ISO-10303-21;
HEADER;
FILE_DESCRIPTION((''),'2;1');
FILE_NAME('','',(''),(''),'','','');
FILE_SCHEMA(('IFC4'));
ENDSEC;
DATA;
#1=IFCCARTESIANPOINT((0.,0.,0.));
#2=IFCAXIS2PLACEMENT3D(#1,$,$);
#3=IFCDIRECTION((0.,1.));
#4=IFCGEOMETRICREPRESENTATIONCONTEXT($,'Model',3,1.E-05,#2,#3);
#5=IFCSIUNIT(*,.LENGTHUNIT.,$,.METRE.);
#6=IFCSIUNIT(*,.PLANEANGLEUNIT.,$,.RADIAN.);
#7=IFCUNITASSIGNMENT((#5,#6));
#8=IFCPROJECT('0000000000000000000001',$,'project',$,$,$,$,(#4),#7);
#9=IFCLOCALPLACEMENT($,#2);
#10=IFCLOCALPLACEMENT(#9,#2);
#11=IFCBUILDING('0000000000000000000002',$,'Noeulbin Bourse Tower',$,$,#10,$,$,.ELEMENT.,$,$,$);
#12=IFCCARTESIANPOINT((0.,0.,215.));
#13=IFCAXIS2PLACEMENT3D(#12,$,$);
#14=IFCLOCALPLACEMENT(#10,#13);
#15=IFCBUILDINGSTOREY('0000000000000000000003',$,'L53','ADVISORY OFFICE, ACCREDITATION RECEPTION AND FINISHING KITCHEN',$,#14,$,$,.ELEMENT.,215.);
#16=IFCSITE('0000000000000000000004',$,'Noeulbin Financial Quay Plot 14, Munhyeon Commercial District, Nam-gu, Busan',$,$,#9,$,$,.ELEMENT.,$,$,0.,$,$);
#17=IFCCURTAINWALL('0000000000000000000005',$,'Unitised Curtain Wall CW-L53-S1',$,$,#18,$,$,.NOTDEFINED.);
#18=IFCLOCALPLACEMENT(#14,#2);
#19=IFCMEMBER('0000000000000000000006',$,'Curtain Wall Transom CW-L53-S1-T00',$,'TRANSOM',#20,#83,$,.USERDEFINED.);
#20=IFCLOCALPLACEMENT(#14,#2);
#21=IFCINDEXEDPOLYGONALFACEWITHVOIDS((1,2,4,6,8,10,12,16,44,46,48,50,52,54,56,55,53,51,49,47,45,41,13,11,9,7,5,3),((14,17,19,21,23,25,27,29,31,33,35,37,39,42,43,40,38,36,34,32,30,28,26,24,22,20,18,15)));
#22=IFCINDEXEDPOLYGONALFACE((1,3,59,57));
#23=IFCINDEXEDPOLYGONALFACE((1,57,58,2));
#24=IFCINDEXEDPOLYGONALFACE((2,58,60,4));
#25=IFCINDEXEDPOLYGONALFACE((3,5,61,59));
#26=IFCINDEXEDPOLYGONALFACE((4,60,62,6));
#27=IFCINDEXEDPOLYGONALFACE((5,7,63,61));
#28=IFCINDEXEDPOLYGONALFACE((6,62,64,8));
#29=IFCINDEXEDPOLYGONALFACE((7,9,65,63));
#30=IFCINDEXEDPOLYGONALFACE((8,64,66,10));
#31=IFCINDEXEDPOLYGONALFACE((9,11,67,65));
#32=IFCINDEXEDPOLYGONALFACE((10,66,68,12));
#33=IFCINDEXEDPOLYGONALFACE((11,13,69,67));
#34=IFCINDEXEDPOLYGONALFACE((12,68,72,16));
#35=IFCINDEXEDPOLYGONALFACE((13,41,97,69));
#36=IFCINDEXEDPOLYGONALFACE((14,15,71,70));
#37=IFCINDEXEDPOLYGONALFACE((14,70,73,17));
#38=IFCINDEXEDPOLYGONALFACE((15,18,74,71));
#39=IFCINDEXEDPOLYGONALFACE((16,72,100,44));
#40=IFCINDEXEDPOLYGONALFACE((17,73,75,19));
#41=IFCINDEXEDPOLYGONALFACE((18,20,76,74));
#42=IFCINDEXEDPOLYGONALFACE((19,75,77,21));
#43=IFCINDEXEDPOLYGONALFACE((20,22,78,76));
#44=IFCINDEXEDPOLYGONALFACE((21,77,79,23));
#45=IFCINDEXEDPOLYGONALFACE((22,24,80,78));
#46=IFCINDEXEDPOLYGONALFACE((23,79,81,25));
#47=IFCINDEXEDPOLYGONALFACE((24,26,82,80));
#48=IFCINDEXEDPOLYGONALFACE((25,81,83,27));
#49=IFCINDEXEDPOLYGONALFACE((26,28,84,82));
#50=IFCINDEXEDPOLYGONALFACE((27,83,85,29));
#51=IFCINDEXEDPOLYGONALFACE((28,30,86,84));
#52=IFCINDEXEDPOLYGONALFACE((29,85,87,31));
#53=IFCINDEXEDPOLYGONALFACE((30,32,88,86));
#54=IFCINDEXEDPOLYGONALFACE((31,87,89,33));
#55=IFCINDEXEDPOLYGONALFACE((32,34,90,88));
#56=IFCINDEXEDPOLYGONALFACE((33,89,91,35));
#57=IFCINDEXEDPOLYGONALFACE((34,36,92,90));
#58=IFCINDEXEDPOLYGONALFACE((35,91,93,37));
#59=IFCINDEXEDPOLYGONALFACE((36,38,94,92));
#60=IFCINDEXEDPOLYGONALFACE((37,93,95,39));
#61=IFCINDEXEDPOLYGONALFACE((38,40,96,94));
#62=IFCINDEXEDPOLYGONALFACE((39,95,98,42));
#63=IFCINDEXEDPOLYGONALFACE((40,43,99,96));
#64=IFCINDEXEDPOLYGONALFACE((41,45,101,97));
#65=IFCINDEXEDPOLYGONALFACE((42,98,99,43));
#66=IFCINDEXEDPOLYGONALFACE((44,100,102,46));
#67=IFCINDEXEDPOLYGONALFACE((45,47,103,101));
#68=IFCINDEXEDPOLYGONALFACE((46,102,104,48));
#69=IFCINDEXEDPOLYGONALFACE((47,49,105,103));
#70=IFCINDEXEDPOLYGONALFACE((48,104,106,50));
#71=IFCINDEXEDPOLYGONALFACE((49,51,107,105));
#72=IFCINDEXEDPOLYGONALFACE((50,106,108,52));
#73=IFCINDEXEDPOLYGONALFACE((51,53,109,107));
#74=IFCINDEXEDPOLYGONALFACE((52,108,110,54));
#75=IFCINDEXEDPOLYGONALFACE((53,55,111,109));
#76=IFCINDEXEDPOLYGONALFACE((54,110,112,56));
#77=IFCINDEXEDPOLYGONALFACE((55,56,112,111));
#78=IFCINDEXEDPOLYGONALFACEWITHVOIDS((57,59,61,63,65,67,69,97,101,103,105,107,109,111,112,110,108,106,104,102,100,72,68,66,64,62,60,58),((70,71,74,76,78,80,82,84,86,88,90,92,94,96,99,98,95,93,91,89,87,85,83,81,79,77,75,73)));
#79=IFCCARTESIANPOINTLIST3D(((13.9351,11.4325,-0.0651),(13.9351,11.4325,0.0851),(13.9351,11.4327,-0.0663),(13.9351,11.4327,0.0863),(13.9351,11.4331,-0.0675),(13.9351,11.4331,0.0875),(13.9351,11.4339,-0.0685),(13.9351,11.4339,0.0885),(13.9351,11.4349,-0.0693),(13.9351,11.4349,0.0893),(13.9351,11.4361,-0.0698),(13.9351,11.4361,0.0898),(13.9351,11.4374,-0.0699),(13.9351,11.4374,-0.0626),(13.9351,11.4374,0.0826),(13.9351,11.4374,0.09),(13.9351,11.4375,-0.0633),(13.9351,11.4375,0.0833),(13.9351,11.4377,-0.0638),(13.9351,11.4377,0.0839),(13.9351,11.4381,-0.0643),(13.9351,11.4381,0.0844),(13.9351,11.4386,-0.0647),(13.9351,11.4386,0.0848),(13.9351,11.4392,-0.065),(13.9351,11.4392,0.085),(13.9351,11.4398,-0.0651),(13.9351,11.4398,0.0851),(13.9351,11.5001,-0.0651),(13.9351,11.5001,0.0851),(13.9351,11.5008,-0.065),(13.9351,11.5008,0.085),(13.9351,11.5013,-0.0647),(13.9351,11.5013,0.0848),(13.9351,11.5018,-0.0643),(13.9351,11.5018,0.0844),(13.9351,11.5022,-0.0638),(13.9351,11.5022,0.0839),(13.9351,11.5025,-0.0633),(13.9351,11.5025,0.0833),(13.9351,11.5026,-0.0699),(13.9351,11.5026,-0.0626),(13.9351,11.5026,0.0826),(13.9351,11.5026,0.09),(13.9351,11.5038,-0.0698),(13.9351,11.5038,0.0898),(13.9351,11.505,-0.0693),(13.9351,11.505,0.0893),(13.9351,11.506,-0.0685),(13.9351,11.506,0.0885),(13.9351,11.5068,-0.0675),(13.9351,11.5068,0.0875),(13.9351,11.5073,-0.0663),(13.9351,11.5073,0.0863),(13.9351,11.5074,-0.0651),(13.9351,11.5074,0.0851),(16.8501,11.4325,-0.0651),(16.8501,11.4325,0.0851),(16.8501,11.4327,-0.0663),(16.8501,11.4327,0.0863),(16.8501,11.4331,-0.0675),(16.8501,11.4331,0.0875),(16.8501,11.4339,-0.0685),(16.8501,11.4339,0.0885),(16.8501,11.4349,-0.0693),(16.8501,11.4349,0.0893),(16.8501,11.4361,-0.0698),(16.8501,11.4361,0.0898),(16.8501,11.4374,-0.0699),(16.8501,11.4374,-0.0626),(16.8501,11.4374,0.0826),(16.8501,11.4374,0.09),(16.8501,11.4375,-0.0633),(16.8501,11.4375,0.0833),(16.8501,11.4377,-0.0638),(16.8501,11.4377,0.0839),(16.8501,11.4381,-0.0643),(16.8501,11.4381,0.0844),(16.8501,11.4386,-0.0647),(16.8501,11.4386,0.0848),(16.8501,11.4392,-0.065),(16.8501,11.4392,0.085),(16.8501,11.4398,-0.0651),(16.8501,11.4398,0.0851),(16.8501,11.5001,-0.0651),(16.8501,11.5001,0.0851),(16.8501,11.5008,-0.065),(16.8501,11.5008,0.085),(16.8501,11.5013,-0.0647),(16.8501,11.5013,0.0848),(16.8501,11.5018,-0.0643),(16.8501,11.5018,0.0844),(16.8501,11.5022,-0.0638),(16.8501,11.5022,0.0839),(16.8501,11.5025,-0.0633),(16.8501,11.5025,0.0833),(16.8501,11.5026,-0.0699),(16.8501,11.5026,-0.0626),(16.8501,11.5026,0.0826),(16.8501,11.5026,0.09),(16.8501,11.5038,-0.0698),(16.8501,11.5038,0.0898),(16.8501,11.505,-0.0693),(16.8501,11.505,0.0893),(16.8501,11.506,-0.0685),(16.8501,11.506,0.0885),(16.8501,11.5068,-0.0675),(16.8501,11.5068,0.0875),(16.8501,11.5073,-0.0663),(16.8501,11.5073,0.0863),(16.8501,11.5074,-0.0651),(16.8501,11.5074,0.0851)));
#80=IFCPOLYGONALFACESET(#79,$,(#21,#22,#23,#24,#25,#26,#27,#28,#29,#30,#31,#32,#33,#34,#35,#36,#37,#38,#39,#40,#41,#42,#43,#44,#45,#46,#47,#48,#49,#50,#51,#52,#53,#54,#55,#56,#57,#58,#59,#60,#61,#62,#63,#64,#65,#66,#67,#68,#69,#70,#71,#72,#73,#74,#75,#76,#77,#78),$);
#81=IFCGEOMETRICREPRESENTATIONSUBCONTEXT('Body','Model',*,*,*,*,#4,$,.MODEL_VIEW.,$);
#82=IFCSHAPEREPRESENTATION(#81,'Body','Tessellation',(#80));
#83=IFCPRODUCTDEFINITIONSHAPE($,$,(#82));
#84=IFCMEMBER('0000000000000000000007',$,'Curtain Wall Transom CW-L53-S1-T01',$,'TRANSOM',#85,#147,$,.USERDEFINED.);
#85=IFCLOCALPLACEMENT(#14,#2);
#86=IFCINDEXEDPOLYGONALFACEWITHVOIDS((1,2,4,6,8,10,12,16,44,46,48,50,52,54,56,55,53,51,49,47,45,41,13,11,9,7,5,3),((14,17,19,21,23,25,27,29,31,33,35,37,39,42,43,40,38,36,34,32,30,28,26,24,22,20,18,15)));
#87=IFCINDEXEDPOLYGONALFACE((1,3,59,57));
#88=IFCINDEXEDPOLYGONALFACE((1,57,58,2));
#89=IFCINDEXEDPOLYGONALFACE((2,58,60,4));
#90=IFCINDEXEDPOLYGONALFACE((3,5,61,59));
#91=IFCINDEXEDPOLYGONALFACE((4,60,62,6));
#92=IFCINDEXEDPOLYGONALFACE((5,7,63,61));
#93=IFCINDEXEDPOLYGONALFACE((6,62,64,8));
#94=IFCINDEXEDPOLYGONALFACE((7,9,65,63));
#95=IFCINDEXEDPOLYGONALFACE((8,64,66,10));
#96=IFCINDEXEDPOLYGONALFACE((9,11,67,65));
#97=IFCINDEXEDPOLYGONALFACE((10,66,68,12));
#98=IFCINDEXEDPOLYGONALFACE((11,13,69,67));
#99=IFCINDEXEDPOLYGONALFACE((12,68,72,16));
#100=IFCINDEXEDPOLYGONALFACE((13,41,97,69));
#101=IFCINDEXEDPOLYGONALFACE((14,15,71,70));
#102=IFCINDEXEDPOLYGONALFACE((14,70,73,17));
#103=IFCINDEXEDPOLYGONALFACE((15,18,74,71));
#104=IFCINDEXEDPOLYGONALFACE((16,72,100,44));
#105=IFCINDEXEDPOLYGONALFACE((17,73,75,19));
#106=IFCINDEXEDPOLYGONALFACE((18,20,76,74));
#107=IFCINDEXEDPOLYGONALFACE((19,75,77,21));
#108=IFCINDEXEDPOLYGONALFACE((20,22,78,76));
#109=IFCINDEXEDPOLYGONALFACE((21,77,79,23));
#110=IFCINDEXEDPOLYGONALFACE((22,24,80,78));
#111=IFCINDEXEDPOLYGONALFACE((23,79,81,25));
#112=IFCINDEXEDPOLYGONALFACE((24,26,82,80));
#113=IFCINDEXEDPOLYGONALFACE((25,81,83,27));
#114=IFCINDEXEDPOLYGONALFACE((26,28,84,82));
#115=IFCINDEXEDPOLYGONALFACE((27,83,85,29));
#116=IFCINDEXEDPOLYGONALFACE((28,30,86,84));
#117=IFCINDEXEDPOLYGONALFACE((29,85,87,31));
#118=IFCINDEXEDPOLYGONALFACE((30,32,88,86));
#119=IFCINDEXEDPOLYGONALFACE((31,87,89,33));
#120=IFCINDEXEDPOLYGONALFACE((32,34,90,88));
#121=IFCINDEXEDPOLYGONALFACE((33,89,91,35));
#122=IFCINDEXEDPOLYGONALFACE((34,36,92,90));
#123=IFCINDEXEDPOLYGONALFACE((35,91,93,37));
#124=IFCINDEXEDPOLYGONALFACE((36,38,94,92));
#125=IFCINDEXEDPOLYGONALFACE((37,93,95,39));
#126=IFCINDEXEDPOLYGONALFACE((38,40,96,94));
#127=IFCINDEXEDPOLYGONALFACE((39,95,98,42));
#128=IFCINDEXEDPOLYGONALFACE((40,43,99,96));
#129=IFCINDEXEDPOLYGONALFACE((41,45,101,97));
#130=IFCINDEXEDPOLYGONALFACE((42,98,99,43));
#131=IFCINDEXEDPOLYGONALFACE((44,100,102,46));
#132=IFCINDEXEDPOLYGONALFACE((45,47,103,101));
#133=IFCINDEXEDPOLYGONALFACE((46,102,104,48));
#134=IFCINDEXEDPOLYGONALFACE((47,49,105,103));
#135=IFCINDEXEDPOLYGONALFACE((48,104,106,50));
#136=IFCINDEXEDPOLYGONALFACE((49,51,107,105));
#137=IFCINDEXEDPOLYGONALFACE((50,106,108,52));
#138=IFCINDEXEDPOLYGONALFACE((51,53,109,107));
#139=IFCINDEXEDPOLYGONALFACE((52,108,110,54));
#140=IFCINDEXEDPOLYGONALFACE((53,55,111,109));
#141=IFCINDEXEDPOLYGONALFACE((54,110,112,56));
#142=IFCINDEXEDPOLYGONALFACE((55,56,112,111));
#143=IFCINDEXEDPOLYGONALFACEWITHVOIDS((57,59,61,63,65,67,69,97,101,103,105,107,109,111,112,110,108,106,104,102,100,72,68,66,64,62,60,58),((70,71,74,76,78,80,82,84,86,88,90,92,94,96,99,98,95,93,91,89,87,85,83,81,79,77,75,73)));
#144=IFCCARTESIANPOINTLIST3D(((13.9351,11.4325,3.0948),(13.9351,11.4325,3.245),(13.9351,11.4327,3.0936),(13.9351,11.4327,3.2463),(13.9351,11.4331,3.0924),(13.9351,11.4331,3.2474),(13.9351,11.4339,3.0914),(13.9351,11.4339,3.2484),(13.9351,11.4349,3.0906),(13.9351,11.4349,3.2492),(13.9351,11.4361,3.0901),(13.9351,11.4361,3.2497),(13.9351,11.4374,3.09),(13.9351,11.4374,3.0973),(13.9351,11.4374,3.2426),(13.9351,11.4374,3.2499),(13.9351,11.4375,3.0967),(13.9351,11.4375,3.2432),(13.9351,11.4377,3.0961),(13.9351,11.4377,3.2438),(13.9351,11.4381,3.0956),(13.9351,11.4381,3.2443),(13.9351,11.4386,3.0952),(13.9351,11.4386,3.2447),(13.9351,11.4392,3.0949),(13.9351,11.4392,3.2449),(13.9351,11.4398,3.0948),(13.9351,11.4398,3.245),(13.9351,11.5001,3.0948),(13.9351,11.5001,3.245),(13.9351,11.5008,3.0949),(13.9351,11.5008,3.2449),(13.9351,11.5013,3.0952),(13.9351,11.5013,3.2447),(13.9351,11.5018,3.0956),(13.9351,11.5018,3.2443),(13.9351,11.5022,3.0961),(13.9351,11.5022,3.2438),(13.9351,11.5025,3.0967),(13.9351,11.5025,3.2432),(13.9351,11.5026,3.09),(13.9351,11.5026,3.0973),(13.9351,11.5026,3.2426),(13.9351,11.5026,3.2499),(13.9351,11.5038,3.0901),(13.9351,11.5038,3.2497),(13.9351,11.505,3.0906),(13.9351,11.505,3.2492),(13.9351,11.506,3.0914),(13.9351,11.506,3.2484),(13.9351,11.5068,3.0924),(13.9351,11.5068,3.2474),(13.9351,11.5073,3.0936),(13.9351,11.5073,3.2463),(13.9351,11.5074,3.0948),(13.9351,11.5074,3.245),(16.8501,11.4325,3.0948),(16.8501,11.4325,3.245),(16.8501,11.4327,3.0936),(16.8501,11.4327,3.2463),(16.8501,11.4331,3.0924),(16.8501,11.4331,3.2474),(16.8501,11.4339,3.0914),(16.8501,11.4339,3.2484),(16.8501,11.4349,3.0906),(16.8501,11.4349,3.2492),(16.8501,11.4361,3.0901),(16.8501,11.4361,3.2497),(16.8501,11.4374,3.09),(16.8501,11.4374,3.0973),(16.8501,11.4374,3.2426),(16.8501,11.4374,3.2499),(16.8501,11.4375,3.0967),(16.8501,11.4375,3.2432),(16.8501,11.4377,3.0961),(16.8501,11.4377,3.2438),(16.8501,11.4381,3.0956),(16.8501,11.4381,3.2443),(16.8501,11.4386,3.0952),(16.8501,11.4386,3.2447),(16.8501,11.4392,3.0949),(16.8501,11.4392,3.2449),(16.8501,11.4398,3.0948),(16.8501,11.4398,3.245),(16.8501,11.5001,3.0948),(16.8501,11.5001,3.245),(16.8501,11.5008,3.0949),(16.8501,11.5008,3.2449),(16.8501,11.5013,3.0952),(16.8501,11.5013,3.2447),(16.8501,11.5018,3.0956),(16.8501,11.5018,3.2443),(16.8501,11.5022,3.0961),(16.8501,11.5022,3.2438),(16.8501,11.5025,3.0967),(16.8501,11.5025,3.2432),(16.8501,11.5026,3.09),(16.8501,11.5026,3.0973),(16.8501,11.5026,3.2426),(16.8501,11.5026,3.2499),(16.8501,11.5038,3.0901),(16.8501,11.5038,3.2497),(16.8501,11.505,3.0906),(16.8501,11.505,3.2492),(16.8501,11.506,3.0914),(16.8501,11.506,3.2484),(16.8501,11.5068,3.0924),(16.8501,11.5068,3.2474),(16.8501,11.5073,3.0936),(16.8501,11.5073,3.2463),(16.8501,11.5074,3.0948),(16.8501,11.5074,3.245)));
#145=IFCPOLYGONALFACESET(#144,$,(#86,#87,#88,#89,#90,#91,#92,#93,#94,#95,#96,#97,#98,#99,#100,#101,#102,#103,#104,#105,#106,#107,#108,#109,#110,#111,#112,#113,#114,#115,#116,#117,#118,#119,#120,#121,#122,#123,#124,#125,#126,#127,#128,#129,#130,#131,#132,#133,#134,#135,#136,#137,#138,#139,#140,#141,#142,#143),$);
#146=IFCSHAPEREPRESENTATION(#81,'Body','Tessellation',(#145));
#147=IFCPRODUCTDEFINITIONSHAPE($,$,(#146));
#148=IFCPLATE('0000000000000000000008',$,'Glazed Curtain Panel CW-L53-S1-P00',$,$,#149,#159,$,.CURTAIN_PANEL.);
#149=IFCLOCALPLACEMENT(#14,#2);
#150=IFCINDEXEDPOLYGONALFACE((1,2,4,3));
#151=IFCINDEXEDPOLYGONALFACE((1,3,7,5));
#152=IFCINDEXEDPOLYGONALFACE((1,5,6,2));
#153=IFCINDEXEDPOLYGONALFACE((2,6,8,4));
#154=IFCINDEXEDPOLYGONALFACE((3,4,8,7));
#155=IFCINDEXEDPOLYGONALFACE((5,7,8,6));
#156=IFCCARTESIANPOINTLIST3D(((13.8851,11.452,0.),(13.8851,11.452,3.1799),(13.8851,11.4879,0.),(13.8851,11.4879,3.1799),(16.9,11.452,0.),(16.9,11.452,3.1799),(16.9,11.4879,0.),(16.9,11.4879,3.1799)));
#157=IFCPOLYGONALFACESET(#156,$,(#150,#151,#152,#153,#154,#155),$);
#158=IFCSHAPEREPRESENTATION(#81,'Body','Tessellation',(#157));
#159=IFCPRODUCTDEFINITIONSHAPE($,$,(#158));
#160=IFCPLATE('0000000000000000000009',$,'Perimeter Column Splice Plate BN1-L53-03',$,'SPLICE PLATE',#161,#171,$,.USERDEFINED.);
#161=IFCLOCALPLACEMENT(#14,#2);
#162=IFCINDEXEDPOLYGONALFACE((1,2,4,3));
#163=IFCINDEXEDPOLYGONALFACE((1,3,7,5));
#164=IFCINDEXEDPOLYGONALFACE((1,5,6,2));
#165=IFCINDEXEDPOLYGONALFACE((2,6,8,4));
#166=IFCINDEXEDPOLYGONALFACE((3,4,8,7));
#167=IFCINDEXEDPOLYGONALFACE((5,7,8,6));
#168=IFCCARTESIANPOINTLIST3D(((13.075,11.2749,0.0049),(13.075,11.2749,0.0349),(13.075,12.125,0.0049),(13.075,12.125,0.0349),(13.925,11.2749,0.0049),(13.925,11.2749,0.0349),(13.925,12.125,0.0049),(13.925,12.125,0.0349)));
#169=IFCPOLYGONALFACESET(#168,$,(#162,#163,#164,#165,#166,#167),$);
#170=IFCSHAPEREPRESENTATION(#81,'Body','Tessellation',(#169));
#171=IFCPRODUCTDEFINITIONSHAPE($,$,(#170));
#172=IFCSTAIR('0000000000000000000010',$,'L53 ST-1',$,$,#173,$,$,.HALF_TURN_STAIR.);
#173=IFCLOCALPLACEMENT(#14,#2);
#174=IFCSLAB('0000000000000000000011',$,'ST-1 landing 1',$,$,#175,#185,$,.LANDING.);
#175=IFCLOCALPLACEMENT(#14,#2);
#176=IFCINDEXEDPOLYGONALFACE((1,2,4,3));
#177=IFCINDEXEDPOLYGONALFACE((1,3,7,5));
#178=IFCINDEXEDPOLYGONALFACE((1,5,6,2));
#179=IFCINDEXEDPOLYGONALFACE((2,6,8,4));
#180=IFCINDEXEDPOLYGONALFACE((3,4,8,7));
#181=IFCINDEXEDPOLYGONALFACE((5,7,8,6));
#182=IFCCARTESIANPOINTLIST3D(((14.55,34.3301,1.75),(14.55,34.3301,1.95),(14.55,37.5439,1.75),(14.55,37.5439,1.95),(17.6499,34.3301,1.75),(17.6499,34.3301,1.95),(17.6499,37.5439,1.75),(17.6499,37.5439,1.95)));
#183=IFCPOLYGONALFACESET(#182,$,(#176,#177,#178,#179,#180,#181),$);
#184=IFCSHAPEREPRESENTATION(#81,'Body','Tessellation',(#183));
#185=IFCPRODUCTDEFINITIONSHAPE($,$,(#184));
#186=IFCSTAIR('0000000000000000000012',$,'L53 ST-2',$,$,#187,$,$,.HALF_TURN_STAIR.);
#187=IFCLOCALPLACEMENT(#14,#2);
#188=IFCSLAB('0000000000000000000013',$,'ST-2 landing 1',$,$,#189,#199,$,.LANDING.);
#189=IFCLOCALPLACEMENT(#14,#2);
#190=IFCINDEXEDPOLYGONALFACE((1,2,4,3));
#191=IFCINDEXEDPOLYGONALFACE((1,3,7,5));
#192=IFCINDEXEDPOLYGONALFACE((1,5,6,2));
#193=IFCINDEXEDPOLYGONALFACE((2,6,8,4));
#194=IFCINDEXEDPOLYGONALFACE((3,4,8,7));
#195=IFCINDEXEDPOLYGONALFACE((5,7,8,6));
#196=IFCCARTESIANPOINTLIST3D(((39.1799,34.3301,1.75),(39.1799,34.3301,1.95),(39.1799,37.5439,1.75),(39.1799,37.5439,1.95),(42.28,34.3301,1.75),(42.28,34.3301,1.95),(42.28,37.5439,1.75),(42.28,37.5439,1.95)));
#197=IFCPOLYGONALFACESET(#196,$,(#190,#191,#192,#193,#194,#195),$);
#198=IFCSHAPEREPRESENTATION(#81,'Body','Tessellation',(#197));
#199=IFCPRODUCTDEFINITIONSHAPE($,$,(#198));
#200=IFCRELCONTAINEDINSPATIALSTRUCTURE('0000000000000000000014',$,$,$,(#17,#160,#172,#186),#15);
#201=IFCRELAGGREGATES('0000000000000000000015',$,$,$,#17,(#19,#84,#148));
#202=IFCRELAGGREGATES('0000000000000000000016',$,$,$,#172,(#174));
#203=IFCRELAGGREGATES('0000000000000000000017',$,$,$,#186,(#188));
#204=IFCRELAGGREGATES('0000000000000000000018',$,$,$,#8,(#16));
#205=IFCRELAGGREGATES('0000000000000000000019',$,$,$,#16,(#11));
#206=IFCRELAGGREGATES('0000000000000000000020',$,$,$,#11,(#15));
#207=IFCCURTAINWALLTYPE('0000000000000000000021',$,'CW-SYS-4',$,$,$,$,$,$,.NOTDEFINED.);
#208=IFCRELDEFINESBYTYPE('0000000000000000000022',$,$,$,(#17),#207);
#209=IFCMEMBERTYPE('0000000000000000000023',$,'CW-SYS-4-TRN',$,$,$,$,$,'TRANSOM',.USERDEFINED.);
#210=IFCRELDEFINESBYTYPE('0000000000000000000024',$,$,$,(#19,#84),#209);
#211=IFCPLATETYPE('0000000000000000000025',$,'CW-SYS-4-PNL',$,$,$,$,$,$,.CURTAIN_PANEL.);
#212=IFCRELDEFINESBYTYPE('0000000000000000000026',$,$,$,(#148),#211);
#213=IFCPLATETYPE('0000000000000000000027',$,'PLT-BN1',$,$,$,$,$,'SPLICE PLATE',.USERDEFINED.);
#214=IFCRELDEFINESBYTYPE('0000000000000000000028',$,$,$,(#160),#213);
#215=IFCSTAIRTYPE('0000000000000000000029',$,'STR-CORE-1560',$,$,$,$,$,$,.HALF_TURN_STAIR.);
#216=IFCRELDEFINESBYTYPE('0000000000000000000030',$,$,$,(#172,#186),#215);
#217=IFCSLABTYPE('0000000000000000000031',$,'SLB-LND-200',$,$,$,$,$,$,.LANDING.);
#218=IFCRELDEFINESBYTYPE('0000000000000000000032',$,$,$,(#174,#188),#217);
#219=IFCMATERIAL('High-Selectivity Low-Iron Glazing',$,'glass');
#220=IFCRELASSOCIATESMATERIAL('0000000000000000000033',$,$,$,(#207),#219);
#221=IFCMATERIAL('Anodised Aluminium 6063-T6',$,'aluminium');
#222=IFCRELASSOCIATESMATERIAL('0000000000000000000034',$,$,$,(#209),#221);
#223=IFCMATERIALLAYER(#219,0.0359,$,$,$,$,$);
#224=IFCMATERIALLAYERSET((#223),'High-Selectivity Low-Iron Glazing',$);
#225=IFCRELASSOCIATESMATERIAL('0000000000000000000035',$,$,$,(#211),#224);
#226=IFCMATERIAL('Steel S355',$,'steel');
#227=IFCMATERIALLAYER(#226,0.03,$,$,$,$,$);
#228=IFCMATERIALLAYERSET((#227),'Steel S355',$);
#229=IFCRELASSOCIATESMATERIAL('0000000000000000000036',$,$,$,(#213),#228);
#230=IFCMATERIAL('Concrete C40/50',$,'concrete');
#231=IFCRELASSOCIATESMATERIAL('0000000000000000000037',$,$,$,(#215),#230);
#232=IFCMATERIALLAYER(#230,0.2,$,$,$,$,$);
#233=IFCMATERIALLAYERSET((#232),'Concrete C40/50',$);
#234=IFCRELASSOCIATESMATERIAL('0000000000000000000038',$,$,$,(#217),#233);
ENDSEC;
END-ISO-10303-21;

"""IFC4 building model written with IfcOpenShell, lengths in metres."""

from ifc_helpers import new_model, si_unit, direction, frame, origin, origin_2d, place, context, subcontext, project, spatial, polyline, rectangle, hollow_rectangle, outline, extrude, material, layer, layer_set, material_profile, profile_set, type_object, element, aggregate, save


model = new_model("IFC4")

# Units and contexts
model_context = context("Model", 3, precision=1e-05, world=origin(), true_north=direction((0.0, 1.0)))
body_context = subcontext(model_context, "Body", "Model", "MODEL_VIEW")
ifc_project = project(units=[si_unit("LENGTHUNIT", "METRE"), si_unit("PLANEANGLEUNIT", "RADIAN")], contexts=[model_context])

# Site, building, storey
site_placement = place(None, origin())
site = spatial("IfcSite", under=ifc_project, at=site_placement, Name="Noeulbin Financial Quay Plot 14, Munhyeon Commercial District, Nam-gu, Busan", CompositionType="ELEMENT", RefElevation=0.0)
building_placement = place(site_placement, origin())
building = spatial("IfcBuilding", under=site, at=building_placement, Name="Noeulbin Bourse Tower", CompositionType="ELEMENT")
storey_placement = place(building_placement, frame((0.0, 0.0, 215.0)))
storey = spatial("IfcBuildingStorey", under=building, at=storey_placement, Name="L53", Description="ADVISORY OFFICE, ACCREDITATION RECEPTION AND FINISHING KITCHEN", CompositionType="ELEMENT", Elevation=215.0)

# Shared definitions
ifc_material_1 = material(Name="Steel S355", Category="steel")

# Curtain wall, members, plate
ifc_material_2 = material(Name="High-Selectivity Low-Iron Glazing", Category="glass")
curtain_wall_type = type_object("IfcCurtainWallType", Name="CW-SYS-4", PredefinedType="NOTDEFINED", material=ifc_material_2)
curtain_wall_placement = place(storey_placement, origin())
curtain_wall = element("IfcCurtainWall", 1, at=curtain_wall_placement, inside=storey, type_object=curtain_wall_type, Name="Unitised Curtain Wall CW-L53-S1", PredefinedType="NOTDEFINED")
ifc_material_3 = material(Name="Anodised Aluminium 6063-T6", Category="aluminium")
ifc_material_profile_1 = material_profile(ifc_material_3, hollow_rectangle(XDim=0.075, YDim=0.1599, WallThickness=0.0049, InnerFilletRadius=0.0024, OuterFilletRadius=0.0049, at=origin_2d()), Name="ALU-TRAN-75x160x5", Category="LoadBearing")
ifc_profile_set_1 = profile_set([ifc_material_profile_1], Name="Anodised Aluminium 6063-T6")
member_type_1 = type_object("IfcMemberType", Name="CW-SYS-4-TRN", ElementType="TRANSOM", PredefinedType="USERDEFINED", material=ifc_profile_set_1)
member_1_placement = place(storey_placement, frame((13.9351, 11.47, 0.01), z_axis=(1.0, 0.0, 0.0), x_axis=(0.0, 1.0, 0.0)))
member_1 = element("IfcMember", 2, at=member_1_placement, type_object=member_type_1, Name="Curtain Wall Transom CW-L53-S1-T00", ObjectType="TRANSOM", PredefinedType="USERDEFINED", context=body_context, shape_type="SweptSolid", body=[
    extrude(hollow_rectangle(XDim=0.075, YDim=0.1599, WallThickness=0.0049, InnerFilletRadius=0.0024, OuterFilletRadius=0.0049, at=origin_2d()), origin(), (0.0, 0.0, 1.0), 2.915),
])
member_2_placement = place(storey_placement, frame((13.9351, 11.47, 3.1699), z_axis=(1.0, 0.0, 0.0), x_axis=(0.0, 1.0, 0.0)))
member_2 = element("IfcMember", 3, at=member_2_placement, type_object=member_type_1, Name="Curtain Wall Transom CW-L53-S1-T01", ObjectType="TRANSOM", PredefinedType="USERDEFINED", context=body_context, shape_type="SweptSolid", body=[
    extrude(hollow_rectangle(XDim=0.075, YDim=0.1599, WallThickness=0.0049, InnerFilletRadius=0.0024, OuterFilletRadius=0.0049, at=origin_2d()), origin(), (0.0, 0.0, 1.0), 2.915),
])
ifc_layer_1 = layer(ifc_material_2, 0.0359)
ifc_layer_set_1 = layer_set([ifc_layer_1], Name="High-Selectivity Low-Iron Glazing")
plate_type_1 = type_object("IfcPlateType", Name="CW-SYS-4-PNL", PredefinedType="CURTAIN_PANEL", material=ifc_layer_set_1)
plate_1_placement = place(storey_placement, frame((15.3926, 11.47, 0.0), z_axis=(0.0, 0.0, 1.0), x_axis=(1.0, 0.0, 0.0)))
plate_1 = element("IfcPlate", 4, at=plate_1_placement, type_object=plate_type_1, Name="Glazed Curtain Panel CW-L53-S1-P00", PredefinedType="CURTAIN_PANEL", context=body_context, shape_type="SweptSolid", body=[
    extrude(rectangle(XDim=3.0149, YDim=0.0359, at=origin_2d()), origin(), (0.0, 0.0, 1.0), 3.1799),
])
aggregate(curtain_wall, [member_1, member_2, plate_1])

# Plate
ifc_layer_2 = layer(ifc_material_1, 0.03)
ifc_layer_set_2 = layer_set([ifc_layer_2], Name="Steel S355")
plate_type_2 = type_object("IfcPlateType", Name="PLT-BN1", ElementType="SPLICE PLATE", PredefinedType="USERDEFINED", material=ifc_layer_set_2)
plate_2_placement = place(storey_placement, frame((13.5, 11.7, 0.0049), z_axis=(0.0, 0.0, 1.0), x_axis=(1.0, 0.0, 0.0)))
element("IfcPlate", 5, at=plate_2_placement, inside=storey, type_object=plate_type_2, Name="Perimeter Column Splice Plate BN1-L53-03", ObjectType="SPLICE PLATE", PredefinedType="USERDEFINED", context=body_context, shape_type="SweptSolid", body=[
    extrude(rectangle(XDim=0.8501, YDim=0.8501, at=origin_2d()), origin(), (0.0, 0.0, 1.0), 0.03),
])

# Stairs, slabs
ifc_material_4 = material(Name="Concrete C40/50", Category="concrete")
stair_type = type_object("IfcStairType", Name="STR-CORE-1560", PredefinedType="HALF_TURN_STAIR", material=ifc_material_4)
stair_1_placement = place(storey_placement, origin())
stair_1 = element("IfcStair", 6, at=stair_1_placement, inside=storey, type_object=stair_type, Name="L53 ST-1", PredefinedType="HALF_TURN_STAIR")
ifc_layer_3 = layer(ifc_material_4, 0.2)
ifc_layer_set_3 = layer_set([ifc_layer_3], Name="Concrete C40/50")
slab_type_1 = type_object("IfcSlabType", Name="SLB-LND-200", PredefinedType="LANDING", material=ifc_layer_set_3)
slab_1_placement = place(storey_placement, frame((0.0, 0.0, 1.75)))
slab_1 = element("IfcSlab", 7, at=slab_1_placement, type_object=slab_type_1, Name="ST-1 landing 1", PredefinedType="LANDING", context=body_context, shape_type="SweptSolid", body=[
    extrude(outline(polyline([(17.6499, 34.3301), (17.6499, 37.5439), (14.55, 37.5439), (14.55, 34.3301), (17.6499, 34.3301)])), origin(), (0.0, 0.0, 1.0), 0.2),
])
aggregate(stair_1, [slab_1])
stair_2_placement = place(storey_placement, origin())
stair_2 = element("IfcStair", 8, at=stair_2_placement, inside=storey, type_object=stair_type, Name="L53 ST-2", PredefinedType="HALF_TURN_STAIR")
slab_2_placement = place(storey_placement, frame((0.0, 0.0, 1.75)))
slab_2 = element("IfcSlab", 9, at=slab_2_placement, type_object=slab_type_1, Name="ST-2 landing 1", PredefinedType="LANDING", context=body_context, shape_type="SweptSolid", body=[
    extrude(outline(polyline([(42.28, 34.3301), (42.28, 37.5439), (39.1799, 37.5439), (39.1799, 34.3301), (42.28, 34.3301)])), origin(), (0.0, 0.0, 1.0), 0.2),
])
aggregate(stair_2, [slab_2])

save(model, "model.ifc")
